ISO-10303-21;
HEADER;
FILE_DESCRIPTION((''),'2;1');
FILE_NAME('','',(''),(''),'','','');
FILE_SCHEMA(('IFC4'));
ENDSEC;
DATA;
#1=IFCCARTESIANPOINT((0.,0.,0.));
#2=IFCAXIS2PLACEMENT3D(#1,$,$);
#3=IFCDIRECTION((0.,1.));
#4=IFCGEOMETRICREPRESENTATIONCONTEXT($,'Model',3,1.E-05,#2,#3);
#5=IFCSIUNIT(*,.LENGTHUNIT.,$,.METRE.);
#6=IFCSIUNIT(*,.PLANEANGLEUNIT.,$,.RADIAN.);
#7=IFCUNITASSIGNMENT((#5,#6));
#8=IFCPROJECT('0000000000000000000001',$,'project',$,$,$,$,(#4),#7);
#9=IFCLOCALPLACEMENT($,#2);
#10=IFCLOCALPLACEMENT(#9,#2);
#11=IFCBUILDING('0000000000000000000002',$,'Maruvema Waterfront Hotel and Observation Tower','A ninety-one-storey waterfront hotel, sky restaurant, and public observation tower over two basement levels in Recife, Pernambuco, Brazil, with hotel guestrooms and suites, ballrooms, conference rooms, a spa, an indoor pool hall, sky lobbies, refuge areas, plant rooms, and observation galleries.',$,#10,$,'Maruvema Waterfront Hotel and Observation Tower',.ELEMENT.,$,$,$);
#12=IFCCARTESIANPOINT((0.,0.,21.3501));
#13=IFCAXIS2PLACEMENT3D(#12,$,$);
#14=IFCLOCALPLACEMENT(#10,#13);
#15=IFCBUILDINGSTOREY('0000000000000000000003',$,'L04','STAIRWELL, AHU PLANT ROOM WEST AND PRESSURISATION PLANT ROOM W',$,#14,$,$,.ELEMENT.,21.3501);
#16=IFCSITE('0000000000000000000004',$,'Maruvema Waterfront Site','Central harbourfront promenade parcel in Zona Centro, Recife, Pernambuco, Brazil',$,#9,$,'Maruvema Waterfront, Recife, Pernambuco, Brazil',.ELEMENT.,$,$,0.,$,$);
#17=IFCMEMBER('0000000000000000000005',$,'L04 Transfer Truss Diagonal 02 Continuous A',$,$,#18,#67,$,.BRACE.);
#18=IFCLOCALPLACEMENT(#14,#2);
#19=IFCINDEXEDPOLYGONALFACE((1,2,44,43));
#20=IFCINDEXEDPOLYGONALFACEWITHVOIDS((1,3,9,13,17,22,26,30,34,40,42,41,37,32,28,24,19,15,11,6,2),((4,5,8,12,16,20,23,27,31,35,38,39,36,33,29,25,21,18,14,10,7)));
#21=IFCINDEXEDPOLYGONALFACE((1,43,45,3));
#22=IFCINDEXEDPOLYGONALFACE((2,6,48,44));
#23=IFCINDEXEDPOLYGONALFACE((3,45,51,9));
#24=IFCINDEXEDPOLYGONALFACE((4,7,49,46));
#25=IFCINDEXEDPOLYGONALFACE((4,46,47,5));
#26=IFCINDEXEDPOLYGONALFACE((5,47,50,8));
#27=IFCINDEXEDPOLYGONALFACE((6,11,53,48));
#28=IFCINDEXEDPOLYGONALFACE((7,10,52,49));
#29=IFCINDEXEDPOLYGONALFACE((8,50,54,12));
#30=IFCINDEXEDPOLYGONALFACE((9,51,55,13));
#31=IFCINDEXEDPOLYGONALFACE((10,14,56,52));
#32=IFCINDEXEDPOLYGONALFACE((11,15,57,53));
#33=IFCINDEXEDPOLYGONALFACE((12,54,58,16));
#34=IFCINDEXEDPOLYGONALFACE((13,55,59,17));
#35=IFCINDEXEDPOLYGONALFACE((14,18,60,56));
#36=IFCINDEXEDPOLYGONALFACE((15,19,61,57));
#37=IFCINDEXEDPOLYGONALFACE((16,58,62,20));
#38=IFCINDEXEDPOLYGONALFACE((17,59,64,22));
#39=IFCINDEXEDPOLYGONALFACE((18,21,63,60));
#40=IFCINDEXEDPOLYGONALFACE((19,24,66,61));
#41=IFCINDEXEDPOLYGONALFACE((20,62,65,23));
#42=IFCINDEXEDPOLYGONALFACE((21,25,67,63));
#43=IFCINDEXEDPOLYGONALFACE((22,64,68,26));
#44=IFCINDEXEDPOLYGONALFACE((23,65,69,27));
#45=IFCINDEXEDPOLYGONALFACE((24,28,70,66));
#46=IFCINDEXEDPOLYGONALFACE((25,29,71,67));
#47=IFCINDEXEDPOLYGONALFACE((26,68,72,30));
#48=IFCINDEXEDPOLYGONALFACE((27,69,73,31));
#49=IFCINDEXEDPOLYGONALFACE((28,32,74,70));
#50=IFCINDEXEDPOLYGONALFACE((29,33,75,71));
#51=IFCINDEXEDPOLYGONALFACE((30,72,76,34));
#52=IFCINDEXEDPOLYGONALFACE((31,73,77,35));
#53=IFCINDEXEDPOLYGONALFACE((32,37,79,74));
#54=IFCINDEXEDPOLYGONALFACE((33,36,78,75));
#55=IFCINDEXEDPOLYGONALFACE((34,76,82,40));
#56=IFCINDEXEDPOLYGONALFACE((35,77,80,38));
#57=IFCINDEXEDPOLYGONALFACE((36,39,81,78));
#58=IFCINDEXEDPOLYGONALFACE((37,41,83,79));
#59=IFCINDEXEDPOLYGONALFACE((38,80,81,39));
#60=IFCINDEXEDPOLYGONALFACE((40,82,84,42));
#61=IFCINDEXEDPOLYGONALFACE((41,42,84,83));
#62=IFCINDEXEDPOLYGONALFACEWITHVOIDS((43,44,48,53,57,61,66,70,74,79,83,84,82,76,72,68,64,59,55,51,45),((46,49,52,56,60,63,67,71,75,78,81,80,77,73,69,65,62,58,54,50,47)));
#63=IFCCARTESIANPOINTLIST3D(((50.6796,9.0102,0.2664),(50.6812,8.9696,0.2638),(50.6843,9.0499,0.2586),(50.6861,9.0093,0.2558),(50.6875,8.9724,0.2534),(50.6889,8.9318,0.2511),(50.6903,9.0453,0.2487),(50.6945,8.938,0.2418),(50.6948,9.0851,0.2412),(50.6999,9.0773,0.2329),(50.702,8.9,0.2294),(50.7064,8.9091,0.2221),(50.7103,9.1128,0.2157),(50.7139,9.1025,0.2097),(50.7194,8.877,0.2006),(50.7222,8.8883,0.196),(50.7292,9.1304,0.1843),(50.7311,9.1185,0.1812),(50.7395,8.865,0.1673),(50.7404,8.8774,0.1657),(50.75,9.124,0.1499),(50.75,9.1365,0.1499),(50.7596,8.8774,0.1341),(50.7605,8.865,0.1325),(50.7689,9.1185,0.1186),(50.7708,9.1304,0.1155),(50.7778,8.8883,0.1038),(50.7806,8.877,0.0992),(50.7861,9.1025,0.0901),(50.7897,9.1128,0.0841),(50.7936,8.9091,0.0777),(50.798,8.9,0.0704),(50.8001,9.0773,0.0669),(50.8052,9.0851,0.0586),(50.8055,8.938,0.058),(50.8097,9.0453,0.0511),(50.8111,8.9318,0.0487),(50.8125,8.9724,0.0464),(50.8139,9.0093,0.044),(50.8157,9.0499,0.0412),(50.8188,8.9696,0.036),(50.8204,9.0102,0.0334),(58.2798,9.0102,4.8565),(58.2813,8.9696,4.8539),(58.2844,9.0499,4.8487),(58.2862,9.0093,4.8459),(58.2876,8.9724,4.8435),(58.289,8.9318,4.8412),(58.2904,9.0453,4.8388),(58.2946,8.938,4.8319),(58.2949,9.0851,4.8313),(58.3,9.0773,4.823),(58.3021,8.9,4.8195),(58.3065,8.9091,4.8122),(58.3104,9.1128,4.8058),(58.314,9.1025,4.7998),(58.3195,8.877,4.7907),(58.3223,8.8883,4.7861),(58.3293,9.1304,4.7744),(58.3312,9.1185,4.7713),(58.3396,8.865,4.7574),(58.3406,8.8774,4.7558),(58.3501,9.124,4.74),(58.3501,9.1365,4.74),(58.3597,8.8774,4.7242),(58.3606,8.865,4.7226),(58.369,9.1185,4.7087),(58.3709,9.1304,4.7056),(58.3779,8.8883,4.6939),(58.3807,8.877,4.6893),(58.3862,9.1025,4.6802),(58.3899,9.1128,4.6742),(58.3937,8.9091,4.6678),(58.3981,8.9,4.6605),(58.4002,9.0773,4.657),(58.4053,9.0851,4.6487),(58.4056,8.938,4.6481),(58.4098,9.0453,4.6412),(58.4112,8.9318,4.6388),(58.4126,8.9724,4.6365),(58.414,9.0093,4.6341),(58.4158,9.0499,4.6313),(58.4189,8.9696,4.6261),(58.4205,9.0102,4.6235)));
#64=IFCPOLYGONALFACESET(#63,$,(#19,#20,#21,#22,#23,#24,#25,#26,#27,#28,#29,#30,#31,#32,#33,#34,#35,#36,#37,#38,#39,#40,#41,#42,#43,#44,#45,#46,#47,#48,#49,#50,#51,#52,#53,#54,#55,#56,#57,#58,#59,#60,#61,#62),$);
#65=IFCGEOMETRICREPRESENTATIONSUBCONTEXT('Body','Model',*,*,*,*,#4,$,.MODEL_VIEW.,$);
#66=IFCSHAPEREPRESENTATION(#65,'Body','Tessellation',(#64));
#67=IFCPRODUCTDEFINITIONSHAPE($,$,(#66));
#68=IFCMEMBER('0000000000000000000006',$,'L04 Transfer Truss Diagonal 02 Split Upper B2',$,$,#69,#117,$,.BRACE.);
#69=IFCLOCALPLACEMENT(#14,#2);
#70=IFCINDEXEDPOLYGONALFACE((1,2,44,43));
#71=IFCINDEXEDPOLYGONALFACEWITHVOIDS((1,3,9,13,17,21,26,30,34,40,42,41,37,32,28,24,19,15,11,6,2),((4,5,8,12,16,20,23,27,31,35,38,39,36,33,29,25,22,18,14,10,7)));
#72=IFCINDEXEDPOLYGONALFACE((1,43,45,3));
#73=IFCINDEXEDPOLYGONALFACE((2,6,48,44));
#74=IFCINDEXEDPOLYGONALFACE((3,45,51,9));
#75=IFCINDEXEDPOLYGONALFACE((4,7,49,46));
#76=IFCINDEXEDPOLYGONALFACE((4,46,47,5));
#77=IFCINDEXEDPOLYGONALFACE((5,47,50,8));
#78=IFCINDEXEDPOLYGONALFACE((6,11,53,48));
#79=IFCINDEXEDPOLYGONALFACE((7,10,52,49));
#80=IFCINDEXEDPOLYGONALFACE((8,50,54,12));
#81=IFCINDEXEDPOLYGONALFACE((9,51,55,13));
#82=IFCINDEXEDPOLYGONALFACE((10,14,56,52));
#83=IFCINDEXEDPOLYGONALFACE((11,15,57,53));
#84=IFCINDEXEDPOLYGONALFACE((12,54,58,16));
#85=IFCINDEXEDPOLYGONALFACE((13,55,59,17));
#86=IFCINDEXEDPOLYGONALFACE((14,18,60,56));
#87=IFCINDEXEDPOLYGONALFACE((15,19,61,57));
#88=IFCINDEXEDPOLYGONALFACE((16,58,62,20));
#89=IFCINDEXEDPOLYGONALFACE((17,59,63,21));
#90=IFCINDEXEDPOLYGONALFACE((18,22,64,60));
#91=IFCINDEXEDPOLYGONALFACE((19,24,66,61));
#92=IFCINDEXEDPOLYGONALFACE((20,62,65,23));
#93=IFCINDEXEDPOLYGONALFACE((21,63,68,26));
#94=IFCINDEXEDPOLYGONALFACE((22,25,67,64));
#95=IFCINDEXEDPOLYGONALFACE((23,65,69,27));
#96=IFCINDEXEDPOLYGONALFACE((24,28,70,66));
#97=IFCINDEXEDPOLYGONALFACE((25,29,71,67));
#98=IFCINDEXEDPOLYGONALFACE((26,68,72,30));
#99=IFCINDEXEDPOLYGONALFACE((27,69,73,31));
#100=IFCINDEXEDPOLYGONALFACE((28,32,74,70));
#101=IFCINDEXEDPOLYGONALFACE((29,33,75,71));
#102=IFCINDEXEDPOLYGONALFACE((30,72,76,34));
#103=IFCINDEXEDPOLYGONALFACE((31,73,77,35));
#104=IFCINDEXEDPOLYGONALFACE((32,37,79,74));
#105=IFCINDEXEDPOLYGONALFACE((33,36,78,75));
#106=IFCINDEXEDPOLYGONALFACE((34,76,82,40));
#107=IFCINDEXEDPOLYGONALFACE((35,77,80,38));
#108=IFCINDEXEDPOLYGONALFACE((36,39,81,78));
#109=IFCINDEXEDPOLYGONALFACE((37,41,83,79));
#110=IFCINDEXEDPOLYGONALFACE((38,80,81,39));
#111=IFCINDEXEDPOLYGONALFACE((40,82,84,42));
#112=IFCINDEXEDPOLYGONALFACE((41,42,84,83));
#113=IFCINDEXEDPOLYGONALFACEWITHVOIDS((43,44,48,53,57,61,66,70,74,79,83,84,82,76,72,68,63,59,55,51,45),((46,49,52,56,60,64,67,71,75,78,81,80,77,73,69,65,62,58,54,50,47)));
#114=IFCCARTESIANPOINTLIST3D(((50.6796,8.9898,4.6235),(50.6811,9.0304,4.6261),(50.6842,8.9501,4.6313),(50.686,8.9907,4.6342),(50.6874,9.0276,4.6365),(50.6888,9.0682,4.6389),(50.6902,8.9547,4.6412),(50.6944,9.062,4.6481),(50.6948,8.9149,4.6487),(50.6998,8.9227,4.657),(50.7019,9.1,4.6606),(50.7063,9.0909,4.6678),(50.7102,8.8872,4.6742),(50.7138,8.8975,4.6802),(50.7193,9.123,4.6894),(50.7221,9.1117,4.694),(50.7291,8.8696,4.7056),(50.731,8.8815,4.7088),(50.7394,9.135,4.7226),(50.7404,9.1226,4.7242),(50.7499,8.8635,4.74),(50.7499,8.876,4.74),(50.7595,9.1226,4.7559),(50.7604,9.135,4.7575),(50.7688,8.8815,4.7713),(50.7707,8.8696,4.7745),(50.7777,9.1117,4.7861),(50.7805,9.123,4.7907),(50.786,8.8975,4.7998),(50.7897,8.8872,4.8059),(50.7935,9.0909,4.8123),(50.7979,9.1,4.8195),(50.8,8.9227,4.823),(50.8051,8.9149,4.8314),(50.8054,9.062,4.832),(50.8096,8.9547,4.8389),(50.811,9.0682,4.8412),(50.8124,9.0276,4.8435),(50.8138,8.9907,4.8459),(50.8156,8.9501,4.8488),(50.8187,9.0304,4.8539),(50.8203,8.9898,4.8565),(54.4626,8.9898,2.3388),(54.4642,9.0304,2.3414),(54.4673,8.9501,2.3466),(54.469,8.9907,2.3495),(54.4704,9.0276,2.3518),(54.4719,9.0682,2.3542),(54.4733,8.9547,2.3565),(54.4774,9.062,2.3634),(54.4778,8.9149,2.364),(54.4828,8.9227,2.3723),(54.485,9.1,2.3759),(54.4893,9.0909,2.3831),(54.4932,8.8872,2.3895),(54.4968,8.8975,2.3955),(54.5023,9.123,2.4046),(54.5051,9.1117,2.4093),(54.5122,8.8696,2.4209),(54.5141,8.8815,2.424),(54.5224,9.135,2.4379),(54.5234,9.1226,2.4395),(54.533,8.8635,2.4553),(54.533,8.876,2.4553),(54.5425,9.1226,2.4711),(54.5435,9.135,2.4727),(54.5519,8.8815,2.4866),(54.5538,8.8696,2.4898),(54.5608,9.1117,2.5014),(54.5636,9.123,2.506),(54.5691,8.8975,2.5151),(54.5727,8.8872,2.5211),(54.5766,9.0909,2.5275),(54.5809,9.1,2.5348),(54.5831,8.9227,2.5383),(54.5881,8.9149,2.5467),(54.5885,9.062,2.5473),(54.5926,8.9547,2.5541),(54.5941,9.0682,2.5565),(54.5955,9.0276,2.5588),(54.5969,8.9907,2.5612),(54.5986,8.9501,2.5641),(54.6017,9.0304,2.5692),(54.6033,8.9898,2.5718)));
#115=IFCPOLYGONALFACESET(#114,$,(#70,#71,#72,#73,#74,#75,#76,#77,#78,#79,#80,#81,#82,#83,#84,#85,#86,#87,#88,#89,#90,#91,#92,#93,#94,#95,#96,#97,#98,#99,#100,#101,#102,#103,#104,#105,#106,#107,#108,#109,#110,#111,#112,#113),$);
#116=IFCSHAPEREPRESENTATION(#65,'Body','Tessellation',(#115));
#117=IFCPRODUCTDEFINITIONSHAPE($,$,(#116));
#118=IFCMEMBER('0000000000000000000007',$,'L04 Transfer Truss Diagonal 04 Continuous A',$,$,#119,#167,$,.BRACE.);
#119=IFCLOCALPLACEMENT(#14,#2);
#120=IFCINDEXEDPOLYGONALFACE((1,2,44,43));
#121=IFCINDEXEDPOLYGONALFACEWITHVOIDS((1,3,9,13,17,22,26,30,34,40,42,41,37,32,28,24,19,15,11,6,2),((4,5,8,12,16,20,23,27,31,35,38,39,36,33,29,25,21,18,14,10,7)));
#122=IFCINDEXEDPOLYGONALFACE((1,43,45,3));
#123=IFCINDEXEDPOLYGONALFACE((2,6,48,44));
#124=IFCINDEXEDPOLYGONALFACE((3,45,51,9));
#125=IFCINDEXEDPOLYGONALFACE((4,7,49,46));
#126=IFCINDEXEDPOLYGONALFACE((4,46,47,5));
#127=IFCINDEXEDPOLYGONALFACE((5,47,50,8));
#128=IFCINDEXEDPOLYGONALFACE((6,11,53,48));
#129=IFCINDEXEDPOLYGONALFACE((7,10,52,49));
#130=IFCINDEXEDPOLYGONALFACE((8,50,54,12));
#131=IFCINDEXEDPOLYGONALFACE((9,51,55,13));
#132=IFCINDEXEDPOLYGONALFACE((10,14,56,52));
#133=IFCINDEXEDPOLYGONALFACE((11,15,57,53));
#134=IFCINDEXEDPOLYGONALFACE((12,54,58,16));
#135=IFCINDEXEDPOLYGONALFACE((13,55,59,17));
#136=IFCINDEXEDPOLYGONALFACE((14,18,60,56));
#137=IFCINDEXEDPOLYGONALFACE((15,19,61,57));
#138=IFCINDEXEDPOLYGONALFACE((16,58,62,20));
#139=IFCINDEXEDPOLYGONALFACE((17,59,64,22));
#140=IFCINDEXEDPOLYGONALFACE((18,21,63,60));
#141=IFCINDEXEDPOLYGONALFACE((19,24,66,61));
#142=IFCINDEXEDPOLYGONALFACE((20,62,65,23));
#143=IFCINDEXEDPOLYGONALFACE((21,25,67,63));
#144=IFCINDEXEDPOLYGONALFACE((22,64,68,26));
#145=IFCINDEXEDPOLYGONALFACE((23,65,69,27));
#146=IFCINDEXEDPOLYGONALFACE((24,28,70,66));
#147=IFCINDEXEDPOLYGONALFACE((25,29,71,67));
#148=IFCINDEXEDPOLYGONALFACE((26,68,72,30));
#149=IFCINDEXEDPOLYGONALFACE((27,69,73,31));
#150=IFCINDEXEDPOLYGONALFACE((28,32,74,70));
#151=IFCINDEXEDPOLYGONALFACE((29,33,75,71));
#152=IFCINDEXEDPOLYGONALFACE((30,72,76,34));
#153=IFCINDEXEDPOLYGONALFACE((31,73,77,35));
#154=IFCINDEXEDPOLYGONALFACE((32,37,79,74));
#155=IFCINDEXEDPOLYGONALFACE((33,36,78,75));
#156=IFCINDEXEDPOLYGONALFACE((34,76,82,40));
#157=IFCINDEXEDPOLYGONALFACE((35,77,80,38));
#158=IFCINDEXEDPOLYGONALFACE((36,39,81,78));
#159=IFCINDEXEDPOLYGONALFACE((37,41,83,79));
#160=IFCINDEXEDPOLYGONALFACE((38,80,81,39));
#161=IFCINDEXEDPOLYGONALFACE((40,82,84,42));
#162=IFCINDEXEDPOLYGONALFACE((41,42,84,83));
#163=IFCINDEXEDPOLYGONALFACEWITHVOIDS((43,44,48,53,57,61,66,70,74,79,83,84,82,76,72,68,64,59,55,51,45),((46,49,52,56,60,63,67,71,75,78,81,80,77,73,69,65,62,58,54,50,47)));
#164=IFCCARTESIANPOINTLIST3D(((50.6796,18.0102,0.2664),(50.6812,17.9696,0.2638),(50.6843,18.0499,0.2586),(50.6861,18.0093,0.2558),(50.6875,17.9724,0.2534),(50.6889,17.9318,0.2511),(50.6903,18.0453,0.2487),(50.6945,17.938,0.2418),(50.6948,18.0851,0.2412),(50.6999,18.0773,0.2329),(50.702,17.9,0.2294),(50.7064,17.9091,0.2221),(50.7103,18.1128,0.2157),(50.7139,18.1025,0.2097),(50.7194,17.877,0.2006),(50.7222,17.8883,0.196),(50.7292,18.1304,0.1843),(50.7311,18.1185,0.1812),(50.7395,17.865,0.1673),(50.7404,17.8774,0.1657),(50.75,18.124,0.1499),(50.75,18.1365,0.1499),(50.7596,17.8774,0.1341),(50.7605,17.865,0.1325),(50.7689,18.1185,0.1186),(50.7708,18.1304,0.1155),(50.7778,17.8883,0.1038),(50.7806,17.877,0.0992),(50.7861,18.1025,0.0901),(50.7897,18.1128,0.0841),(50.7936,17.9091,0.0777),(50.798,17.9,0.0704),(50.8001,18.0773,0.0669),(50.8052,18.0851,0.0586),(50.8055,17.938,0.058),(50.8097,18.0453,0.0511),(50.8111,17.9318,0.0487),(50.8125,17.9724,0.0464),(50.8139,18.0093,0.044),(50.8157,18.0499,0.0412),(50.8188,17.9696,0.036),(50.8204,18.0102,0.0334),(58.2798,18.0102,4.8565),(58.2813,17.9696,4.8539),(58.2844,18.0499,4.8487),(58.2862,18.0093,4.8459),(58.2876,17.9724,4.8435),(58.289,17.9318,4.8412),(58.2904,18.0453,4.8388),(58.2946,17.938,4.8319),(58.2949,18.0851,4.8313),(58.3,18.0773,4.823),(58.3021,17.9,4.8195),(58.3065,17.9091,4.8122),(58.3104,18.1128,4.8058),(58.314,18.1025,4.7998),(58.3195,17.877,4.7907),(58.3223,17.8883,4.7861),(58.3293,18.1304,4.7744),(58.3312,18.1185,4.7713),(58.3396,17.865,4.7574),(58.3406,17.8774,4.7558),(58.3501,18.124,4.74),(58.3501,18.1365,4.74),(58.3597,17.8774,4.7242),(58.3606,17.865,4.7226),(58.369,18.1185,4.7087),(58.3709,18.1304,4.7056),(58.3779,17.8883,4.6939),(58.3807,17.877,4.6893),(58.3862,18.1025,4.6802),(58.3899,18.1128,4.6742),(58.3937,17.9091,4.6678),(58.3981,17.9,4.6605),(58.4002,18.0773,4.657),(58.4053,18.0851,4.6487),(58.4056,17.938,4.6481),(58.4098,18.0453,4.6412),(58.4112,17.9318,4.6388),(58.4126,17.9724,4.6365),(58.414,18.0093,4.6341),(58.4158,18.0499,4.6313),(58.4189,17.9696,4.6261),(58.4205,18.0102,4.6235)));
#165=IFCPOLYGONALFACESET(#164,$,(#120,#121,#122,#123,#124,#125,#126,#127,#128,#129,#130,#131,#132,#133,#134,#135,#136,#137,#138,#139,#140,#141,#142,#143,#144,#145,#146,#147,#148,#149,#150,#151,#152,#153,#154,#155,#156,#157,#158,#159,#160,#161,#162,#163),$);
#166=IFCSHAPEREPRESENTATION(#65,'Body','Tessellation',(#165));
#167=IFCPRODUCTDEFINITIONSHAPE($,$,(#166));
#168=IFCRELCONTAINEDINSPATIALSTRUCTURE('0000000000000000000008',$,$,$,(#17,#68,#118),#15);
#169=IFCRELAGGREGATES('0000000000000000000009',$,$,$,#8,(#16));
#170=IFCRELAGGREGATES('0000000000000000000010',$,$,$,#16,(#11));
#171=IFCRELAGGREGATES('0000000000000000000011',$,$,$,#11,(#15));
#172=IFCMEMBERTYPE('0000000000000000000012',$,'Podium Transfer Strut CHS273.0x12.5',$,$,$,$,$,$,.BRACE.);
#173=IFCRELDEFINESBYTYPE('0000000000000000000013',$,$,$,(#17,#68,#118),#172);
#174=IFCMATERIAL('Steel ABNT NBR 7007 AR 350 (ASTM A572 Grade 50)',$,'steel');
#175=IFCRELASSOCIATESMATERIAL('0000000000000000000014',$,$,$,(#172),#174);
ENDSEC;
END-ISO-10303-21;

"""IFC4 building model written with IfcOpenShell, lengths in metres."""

from ifc_helpers import new_model, si_unit, direction, frame, origin, origin_2d, place, context, subcontext, project, spatial, hollow_circle, extrude, material, material_profile, profile_set, type_object, element, save


model = new_model("IFC4")

# Units and contexts
model_context = context("Model", 3, precision=1e-05, world=origin(), true_north=direction((0.0, 1.0)))
body_context = subcontext(model_context, "Body", "Model", "MODEL_VIEW")
ifc_project = project(units=[si_unit("LENGTHUNIT", "METRE"), si_unit("PLANEANGLEUNIT", "RADIAN")], contexts=[model_context])

# Site, building, storey
site_placement = place(None, origin())
site = spatial("IfcSite", under=ifc_project, at=site_placement, Name="Maruvema Waterfront Site", Description="Central harbourfront promenade parcel in Zona Centro, Recife, Pernambuco, Brazil", LongName="Maruvema Waterfront, Recife, Pernambuco, Brazil", CompositionType="ELEMENT", RefElevation=0.0)
building_placement = place(site_placement, origin())
building = spatial("IfcBuilding", under=site, at=building_placement, Name="Maruvema Waterfront Hotel and Observation Tower", Description="A ninety-one-storey waterfront hotel, sky restaurant, and public observation tower over two basement levels in Recife, Pernambuco, Brazil, with hotel guestrooms and suites, ballrooms, conference rooms, a spa, an indoor pool hall, sky lobbies, refuge areas, plant rooms, and observation galleries.", LongName="Maruvema Waterfront Hotel and Observation Tower", CompositionType="ELEMENT")
storey_placement = place(building_placement, frame((0.0, 0.0, 21.3501)))
storey = spatial("IfcBuildingStorey", under=building, at=storey_placement, Name="L04", Description="STAIRWELL, AHU PLANT ROOM WEST AND PRESSURISATION PLANT ROOM W", CompositionType="ELEMENT", Elevation=21.3501)

# Members
ifc_material_1 = material(Name="Steel ABNT NBR 7007 AR 350 (ASTM A572 Grade 50)", Category="steel")
ifc_material_profile_1 = material_profile(ifc_material_1, hollow_circle(Radius=0.1365, WallThickness=0.0125, at=origin_2d()), Name="CHS273.0x12.5")
ifc_profile_set_1 = profile_set([ifc_material_profile_1], Name="Steel ABNT NBR 7007 AR 350 (ASTM A572 Grade 50)")
member_type = type_object("IfcMemberType", Name="Podium Transfer Strut CHS273.0x12.5", PredefinedType="BRACE", material=ifc_profile_set_1)
member_1_placement = place(storey_placement, frame((50.75, 9.0, 0.1499), z_axis=(0.855997, 0.0, 0.51698), x_axis=(0.0, 1.0, 0.0)))
element("IfcMember", 1, at=member_1_placement, inside=storey, type_object=member_type, Name="L04 Transfer Truss Diagonal 02 Continuous A", PredefinedType="BRACE", context=body_context, shape_type="SweptSolid", body=[
    extrude(hollow_circle(Radius=0.1365, WallThickness=0.0125, at=origin_2d()), origin(), (0.0, 0.0, 1.0), 8.8787),
])
member_2_placement = place(storey_placement, frame((54.533, 9.0, 2.4553), z_axis=(-0.856003, 0.0, 0.516971), x_axis=(0.0, -1.0, 0.0)))
element("IfcMember", 2, at=member_2_placement, inside=storey, type_object=member_type, Name="L04 Transfer Truss Diagonal 02 Split Upper B2", PredefinedType="BRACE", context=body_context, shape_type="SweptSolid", body=[
    extrude(hollow_circle(Radius=0.1365, WallThickness=0.0125, at=origin_2d()), origin(), (0.0, 0.0, 1.0), 4.4194),
])
member_3_placement = place(storey_placement, frame((50.75, 18.0, 0.1499), z_axis=(0.855997, 0.0, 0.51698), x_axis=(0.0, 1.0, 0.0)))
element("IfcMember", 3, at=member_3_placement, inside=storey, type_object=member_type, Name="L04 Transfer Truss Diagonal 04 Continuous A", PredefinedType="BRACE", context=body_context, shape_type="SweptSolid", body=[
    extrude(hollow_circle(Radius=0.1365, WallThickness=0.0125, at=origin_2d()), origin(), (0.0, 0.0, 1.0), 8.8787),
])

save(model, "model.ifc")
